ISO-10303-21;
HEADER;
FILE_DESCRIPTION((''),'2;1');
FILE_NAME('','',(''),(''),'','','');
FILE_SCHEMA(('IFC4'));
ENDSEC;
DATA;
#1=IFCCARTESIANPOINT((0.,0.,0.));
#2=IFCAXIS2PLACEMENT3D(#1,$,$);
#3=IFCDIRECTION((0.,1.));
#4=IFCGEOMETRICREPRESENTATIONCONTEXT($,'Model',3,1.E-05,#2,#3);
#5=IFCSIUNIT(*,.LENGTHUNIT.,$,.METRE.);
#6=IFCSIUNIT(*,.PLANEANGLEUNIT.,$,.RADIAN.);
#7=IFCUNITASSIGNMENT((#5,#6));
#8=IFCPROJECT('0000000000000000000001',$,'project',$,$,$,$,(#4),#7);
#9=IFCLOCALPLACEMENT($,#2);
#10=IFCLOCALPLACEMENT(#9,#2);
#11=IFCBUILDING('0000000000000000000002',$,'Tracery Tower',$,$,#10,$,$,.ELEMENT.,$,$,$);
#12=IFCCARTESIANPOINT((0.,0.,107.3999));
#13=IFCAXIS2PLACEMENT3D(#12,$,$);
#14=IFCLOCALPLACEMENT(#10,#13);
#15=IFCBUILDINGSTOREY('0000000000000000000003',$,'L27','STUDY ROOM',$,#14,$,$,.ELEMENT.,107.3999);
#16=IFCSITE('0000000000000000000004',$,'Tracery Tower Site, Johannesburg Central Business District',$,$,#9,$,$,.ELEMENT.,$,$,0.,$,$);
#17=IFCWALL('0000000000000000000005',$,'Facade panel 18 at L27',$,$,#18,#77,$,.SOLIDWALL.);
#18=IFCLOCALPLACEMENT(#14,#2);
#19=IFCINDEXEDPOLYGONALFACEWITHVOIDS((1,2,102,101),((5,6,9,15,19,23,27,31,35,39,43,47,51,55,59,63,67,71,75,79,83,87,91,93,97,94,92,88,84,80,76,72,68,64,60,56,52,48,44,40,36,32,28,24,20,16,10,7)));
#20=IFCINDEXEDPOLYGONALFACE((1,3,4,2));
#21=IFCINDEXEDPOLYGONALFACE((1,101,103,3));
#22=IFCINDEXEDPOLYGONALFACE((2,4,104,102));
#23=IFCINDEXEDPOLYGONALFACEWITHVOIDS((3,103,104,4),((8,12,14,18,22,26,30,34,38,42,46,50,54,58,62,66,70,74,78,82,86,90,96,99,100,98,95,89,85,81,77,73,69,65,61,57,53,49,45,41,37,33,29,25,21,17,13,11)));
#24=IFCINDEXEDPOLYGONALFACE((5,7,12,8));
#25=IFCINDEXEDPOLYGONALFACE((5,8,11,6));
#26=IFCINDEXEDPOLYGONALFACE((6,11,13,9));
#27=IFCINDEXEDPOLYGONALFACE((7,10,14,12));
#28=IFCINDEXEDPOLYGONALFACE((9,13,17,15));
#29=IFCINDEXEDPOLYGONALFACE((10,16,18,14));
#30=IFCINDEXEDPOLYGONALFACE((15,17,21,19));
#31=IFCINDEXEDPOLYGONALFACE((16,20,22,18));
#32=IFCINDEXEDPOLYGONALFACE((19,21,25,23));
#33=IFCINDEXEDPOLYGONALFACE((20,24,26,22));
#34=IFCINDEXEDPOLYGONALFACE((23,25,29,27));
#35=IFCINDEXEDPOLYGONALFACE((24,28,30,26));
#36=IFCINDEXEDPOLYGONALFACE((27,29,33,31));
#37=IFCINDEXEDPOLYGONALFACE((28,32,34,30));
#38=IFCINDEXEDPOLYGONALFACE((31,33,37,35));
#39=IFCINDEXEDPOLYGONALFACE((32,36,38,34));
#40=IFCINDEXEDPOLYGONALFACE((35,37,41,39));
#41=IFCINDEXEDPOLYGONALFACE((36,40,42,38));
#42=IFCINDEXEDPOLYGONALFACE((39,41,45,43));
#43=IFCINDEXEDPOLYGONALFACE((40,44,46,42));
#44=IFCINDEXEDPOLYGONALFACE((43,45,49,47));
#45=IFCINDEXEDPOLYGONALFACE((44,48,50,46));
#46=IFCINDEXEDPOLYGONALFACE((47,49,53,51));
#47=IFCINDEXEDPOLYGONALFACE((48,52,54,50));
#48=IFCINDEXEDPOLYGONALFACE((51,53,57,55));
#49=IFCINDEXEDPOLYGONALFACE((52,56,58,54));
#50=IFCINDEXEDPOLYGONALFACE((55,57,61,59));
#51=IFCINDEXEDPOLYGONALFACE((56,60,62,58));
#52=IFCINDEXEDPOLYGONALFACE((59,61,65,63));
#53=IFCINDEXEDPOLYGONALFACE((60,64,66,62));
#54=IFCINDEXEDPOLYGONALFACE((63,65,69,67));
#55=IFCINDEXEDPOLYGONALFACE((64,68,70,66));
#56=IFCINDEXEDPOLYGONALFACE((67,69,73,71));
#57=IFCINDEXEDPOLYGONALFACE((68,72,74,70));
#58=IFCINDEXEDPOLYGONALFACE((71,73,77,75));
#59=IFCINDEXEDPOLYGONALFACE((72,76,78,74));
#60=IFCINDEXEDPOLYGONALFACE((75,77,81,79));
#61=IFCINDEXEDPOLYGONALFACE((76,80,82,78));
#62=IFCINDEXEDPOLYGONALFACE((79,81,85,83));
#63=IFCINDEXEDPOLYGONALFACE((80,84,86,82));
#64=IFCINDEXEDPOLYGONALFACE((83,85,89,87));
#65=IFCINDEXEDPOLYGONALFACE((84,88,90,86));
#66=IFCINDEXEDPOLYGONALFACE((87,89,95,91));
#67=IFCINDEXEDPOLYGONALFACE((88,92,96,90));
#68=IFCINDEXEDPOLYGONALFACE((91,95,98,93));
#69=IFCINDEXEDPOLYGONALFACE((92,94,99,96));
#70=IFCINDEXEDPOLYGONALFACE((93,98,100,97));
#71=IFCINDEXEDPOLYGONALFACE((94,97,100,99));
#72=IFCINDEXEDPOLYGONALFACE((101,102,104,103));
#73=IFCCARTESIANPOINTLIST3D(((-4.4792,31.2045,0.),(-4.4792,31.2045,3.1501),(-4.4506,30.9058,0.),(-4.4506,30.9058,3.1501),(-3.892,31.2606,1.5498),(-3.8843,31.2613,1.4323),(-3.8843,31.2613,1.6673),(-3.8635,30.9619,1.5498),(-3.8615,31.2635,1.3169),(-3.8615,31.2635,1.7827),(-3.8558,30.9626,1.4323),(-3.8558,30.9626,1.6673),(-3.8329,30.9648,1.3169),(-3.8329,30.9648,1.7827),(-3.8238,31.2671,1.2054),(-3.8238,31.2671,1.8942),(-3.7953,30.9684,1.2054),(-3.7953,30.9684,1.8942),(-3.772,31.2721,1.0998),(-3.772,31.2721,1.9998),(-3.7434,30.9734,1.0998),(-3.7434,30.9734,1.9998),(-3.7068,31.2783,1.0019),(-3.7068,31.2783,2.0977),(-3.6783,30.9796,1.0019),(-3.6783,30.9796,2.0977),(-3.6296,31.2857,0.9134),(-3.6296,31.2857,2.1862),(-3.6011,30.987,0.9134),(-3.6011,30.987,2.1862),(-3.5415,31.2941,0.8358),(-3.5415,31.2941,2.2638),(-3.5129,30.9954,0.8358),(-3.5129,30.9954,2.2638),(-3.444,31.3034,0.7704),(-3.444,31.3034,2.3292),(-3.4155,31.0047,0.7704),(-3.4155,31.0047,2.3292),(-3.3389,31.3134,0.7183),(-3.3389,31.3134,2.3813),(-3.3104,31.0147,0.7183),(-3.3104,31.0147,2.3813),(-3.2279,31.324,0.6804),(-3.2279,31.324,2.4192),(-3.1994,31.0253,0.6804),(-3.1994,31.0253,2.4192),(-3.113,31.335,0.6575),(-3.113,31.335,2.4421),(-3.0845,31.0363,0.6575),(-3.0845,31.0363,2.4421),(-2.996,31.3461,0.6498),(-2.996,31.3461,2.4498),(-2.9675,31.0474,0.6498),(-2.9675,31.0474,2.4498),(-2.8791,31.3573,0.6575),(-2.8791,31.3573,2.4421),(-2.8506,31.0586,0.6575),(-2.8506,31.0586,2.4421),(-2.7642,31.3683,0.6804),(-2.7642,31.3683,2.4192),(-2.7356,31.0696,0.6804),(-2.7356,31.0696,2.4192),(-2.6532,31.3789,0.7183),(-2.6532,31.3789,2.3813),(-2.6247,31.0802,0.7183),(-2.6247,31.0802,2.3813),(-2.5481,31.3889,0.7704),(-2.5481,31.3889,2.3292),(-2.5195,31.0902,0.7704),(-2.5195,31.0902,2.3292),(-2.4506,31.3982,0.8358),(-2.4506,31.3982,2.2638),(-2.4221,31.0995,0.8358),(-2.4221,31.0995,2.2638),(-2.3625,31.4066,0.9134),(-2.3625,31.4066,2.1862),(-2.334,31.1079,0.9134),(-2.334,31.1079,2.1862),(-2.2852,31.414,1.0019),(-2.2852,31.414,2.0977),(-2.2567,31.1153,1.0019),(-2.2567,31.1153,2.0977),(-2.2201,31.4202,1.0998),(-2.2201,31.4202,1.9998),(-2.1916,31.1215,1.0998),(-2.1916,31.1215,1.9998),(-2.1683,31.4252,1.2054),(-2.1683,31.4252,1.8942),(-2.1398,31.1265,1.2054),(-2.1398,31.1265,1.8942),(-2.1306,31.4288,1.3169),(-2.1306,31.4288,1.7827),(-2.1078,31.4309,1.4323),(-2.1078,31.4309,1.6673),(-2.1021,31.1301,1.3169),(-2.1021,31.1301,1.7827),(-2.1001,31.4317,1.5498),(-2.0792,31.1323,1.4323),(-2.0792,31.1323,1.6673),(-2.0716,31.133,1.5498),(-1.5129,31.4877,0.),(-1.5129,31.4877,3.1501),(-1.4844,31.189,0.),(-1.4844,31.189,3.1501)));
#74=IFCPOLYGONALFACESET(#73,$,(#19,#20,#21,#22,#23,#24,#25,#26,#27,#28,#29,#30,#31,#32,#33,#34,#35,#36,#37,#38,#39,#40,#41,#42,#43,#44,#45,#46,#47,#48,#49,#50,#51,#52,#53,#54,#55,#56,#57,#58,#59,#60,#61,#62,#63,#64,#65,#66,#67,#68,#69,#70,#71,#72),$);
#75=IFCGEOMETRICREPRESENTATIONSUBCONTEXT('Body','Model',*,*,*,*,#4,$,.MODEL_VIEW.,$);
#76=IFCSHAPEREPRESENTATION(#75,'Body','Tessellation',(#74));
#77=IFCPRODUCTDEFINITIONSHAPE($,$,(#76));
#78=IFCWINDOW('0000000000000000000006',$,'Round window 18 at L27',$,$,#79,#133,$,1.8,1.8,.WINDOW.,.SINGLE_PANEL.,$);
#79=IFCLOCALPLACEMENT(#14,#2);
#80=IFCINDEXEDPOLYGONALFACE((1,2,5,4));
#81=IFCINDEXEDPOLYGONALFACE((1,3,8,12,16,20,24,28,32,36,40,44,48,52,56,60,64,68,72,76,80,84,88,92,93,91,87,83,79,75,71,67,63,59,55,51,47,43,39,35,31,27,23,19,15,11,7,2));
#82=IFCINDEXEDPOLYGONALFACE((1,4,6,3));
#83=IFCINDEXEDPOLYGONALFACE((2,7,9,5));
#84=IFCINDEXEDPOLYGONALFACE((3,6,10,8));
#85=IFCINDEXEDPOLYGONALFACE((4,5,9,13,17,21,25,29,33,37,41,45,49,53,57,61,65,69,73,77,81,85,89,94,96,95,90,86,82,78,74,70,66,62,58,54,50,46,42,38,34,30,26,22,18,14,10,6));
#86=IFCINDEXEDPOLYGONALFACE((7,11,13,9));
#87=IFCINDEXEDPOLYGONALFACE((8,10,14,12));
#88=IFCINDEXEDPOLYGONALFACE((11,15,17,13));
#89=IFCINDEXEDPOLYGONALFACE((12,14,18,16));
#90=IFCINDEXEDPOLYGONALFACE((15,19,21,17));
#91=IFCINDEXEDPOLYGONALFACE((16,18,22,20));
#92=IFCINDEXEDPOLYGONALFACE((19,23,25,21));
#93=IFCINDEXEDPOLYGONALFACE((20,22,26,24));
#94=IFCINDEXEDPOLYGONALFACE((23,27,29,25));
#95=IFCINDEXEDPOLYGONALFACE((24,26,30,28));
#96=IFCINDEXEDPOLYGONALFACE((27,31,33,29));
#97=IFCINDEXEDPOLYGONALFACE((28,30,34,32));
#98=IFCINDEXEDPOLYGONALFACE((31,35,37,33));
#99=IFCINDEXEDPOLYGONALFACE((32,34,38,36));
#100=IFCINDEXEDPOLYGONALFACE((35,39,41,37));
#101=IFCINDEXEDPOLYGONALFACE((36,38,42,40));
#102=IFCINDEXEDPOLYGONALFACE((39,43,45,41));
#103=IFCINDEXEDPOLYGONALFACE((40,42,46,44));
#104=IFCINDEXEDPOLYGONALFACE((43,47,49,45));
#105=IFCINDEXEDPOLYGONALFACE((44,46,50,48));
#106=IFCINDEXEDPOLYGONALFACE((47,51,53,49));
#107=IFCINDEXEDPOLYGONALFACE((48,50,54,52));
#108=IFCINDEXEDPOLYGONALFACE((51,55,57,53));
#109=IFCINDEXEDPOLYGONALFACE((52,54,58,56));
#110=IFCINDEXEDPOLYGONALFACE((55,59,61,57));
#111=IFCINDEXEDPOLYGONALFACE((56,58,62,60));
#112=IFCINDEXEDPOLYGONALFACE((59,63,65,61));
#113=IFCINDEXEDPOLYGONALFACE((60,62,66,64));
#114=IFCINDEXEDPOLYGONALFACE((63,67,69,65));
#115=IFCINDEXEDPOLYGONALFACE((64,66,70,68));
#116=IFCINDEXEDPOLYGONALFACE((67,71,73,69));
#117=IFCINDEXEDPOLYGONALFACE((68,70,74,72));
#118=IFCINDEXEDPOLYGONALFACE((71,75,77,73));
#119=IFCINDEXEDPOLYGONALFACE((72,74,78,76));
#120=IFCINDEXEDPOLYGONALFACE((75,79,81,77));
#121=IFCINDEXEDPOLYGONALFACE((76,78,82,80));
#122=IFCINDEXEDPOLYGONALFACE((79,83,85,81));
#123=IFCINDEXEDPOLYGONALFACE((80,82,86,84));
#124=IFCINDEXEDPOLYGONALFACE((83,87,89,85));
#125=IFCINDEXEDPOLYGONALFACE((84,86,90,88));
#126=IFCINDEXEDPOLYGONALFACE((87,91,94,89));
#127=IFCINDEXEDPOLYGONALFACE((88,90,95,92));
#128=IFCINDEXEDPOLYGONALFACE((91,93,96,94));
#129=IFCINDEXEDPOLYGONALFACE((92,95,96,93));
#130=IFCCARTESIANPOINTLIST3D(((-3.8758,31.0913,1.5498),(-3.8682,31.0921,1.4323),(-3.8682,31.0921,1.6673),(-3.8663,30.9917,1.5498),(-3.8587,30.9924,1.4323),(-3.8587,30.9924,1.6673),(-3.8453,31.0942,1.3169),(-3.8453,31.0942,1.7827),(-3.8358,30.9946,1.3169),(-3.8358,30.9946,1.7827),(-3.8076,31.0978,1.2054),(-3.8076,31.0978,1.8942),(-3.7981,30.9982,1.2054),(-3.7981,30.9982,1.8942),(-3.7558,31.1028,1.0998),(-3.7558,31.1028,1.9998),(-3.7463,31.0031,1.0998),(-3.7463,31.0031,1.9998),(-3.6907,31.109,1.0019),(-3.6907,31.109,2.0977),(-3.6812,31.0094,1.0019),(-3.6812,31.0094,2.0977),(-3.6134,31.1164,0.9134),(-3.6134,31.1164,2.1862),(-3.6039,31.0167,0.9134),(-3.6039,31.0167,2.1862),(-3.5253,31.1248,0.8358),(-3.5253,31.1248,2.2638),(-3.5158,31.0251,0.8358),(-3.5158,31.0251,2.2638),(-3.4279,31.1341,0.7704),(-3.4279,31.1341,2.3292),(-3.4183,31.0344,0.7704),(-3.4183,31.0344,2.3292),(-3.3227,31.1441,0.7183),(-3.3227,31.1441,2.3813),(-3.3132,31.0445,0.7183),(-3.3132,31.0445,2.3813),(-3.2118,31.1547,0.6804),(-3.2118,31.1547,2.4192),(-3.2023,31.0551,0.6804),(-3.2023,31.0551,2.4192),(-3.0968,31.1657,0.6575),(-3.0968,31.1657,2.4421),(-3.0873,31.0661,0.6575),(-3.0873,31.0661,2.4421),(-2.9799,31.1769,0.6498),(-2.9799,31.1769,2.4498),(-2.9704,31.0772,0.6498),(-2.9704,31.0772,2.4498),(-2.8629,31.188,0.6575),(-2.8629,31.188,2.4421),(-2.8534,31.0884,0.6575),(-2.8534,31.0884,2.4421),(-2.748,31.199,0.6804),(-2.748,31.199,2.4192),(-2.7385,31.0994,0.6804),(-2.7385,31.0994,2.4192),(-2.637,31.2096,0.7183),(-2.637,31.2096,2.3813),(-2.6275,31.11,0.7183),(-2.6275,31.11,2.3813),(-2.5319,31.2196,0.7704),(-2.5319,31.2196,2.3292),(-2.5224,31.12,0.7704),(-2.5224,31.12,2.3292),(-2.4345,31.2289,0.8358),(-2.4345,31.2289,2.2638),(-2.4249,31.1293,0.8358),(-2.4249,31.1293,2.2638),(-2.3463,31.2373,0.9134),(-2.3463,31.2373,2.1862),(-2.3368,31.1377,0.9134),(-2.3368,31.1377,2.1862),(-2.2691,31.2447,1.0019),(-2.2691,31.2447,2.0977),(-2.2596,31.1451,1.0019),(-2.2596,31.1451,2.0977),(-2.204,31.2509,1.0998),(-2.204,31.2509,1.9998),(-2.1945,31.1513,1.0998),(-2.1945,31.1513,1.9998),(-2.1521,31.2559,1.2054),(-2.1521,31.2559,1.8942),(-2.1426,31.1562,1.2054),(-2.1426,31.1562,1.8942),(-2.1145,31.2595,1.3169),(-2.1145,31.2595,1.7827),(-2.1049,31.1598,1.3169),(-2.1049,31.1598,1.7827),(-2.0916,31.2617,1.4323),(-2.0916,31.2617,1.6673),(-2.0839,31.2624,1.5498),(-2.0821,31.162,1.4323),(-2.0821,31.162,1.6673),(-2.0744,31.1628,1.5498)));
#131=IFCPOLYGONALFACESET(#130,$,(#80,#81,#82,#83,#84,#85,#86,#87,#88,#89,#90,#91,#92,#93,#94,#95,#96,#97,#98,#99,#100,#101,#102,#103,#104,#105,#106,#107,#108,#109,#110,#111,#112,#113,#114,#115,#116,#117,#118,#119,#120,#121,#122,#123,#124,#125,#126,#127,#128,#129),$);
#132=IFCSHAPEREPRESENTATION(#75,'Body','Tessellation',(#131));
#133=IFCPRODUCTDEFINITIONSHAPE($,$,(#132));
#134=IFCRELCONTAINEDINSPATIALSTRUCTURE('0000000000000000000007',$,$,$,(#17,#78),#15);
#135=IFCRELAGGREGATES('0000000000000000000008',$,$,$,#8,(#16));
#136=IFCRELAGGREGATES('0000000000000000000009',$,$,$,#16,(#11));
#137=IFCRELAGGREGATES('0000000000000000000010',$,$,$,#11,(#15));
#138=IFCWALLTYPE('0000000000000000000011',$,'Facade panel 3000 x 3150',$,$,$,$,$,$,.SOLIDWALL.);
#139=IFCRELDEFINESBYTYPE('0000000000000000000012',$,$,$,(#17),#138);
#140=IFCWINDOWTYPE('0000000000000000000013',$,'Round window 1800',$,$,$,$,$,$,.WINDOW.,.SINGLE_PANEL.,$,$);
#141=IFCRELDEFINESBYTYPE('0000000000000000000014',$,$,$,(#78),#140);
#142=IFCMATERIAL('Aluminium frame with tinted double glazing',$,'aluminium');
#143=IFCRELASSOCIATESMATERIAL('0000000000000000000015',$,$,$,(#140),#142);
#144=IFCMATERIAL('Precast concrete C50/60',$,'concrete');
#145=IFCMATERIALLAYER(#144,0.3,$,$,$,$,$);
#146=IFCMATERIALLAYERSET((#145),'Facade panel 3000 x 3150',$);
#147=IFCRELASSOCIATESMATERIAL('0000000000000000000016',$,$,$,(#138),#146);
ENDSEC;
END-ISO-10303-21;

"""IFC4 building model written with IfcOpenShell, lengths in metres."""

from ifc_helpers import new_model, si_unit, direction, frame, frame_2d, origin, origin_2d, place, context, subcontext, project, spatial, rectangle, circle, extrude, material, layer, layer_set, type_object, element, fill, save


model = new_model("IFC4")

# Units and contexts
model_context = context("Model", 3, precision=1e-05, world=origin(), true_north=direction((0.0, 1.0)))
body_context = subcontext(model_context, "Body", "Model", "MODEL_VIEW")
ifc_project = project(units=[si_unit("LENGTHUNIT", "METRE"), si_unit("PLANEANGLEUNIT", "RADIAN")], contexts=[model_context])

# Site, building, storey
site_placement = place(None, origin())
site = spatial("IfcSite", under=ifc_project, at=site_placement, Name="Tracery Tower Site, Johannesburg Central Business District", CompositionType="ELEMENT", RefElevation=0.0)
building_placement = place(site_placement, origin())
building = spatial("IfcBuilding", under=site, at=building_placement, Name="Tracery Tower", CompositionType="ELEMENT")
storey_placement = place(building_placement, frame((0.0, 0.0, 107.3999)))
storey = spatial("IfcBuildingStorey", under=building, at=storey_placement, Name="L27", Description="STUDY ROOM", CompositionType="ELEMENT", Elevation=107.3999)

# Wall, opening, window
ifc_material_1 = material(Name="Aluminium frame with tinted double glazing", Category="aluminium")
window_type = type_object("IfcWindowType", Name="Round window 1800", PartitioningType="SINGLE_PANEL", PredefinedType="WINDOW", material=ifc_material_1)
ifc_material_2 = material(Name="Precast concrete C50/60", Category="concrete")
ifc_layer_1 = layer(ifc_material_2, 0.3)
ifc_layer_set_1 = layer_set([ifc_layer_1], Name="Facade panel 3000 x 3150")
wall_type_1 = type_object("IfcWallType", Name="Facade panel 3000 x 3150", PredefinedType="SOLIDWALL", material=ifc_layer_set_1)
wall_1_placement = place(storey_placement, frame((-1.4988, 31.3384, 0.0), z_axis=(0.0, 0.0, 1.0), x_axis=(-0.995473, -0.095041, 0.0)))
wall_1 = element("IfcWall", 1, at=wall_1_placement, inside=storey, type_object=wall_type_1, Name="Facade panel 18 at L27", PredefinedType="SOLIDWALL", context=body_context, shape_type="SweptSolid", body=[
    extrude(rectangle(XDim=2.9797, YDim=0.3, at=frame_2d((1.4897, 0.0))), origin(), (0.0, 0.0, 1.0), 3.1501),
])
opening_1_placement = place(wall_1_placement, frame((1.4897, 0.0, 1.5498)))
opening_1 = element("IfcOpeningElement", 2, at=opening_1_placement, cuts=wall_1, PredefinedType="OPENING", context=body_context, shape_type="SweptSolid", body=[
    extrude(circle(Radius=0.9, at=origin_2d()), frame((0.0, 0.1599, 0.0), z_axis=(0.0, -1.0, 0.0), x_axis=(1.0, 0.0, 0.0)), (0.0, 0.0, 1.0), 0.3201),
])
window_1_placement = place(opening_1_placement, origin())
window_1 = element("IfcWindow", 3, at=window_1_placement, inside=storey, type_object=window_type, Name="Round window 18 at L27", OverallHeight=1.8, OverallWidth=1.8, PartitioningType="SINGLE_PANEL", PredefinedType="WINDOW", context=body_context, shape_type="SweptSolid", body=[
    extrude(circle(Radius=0.9, at=origin_2d()), frame((0.0, 0.1201, 0.0), z_axis=(0.0, -1.0, 0.0), x_axis=(1.0, 0.0, 0.0)), (0.0, 0.0, 1.0), 0.1001),
])
fill(opening_1, window_1)

save(model, "model.ifc")
